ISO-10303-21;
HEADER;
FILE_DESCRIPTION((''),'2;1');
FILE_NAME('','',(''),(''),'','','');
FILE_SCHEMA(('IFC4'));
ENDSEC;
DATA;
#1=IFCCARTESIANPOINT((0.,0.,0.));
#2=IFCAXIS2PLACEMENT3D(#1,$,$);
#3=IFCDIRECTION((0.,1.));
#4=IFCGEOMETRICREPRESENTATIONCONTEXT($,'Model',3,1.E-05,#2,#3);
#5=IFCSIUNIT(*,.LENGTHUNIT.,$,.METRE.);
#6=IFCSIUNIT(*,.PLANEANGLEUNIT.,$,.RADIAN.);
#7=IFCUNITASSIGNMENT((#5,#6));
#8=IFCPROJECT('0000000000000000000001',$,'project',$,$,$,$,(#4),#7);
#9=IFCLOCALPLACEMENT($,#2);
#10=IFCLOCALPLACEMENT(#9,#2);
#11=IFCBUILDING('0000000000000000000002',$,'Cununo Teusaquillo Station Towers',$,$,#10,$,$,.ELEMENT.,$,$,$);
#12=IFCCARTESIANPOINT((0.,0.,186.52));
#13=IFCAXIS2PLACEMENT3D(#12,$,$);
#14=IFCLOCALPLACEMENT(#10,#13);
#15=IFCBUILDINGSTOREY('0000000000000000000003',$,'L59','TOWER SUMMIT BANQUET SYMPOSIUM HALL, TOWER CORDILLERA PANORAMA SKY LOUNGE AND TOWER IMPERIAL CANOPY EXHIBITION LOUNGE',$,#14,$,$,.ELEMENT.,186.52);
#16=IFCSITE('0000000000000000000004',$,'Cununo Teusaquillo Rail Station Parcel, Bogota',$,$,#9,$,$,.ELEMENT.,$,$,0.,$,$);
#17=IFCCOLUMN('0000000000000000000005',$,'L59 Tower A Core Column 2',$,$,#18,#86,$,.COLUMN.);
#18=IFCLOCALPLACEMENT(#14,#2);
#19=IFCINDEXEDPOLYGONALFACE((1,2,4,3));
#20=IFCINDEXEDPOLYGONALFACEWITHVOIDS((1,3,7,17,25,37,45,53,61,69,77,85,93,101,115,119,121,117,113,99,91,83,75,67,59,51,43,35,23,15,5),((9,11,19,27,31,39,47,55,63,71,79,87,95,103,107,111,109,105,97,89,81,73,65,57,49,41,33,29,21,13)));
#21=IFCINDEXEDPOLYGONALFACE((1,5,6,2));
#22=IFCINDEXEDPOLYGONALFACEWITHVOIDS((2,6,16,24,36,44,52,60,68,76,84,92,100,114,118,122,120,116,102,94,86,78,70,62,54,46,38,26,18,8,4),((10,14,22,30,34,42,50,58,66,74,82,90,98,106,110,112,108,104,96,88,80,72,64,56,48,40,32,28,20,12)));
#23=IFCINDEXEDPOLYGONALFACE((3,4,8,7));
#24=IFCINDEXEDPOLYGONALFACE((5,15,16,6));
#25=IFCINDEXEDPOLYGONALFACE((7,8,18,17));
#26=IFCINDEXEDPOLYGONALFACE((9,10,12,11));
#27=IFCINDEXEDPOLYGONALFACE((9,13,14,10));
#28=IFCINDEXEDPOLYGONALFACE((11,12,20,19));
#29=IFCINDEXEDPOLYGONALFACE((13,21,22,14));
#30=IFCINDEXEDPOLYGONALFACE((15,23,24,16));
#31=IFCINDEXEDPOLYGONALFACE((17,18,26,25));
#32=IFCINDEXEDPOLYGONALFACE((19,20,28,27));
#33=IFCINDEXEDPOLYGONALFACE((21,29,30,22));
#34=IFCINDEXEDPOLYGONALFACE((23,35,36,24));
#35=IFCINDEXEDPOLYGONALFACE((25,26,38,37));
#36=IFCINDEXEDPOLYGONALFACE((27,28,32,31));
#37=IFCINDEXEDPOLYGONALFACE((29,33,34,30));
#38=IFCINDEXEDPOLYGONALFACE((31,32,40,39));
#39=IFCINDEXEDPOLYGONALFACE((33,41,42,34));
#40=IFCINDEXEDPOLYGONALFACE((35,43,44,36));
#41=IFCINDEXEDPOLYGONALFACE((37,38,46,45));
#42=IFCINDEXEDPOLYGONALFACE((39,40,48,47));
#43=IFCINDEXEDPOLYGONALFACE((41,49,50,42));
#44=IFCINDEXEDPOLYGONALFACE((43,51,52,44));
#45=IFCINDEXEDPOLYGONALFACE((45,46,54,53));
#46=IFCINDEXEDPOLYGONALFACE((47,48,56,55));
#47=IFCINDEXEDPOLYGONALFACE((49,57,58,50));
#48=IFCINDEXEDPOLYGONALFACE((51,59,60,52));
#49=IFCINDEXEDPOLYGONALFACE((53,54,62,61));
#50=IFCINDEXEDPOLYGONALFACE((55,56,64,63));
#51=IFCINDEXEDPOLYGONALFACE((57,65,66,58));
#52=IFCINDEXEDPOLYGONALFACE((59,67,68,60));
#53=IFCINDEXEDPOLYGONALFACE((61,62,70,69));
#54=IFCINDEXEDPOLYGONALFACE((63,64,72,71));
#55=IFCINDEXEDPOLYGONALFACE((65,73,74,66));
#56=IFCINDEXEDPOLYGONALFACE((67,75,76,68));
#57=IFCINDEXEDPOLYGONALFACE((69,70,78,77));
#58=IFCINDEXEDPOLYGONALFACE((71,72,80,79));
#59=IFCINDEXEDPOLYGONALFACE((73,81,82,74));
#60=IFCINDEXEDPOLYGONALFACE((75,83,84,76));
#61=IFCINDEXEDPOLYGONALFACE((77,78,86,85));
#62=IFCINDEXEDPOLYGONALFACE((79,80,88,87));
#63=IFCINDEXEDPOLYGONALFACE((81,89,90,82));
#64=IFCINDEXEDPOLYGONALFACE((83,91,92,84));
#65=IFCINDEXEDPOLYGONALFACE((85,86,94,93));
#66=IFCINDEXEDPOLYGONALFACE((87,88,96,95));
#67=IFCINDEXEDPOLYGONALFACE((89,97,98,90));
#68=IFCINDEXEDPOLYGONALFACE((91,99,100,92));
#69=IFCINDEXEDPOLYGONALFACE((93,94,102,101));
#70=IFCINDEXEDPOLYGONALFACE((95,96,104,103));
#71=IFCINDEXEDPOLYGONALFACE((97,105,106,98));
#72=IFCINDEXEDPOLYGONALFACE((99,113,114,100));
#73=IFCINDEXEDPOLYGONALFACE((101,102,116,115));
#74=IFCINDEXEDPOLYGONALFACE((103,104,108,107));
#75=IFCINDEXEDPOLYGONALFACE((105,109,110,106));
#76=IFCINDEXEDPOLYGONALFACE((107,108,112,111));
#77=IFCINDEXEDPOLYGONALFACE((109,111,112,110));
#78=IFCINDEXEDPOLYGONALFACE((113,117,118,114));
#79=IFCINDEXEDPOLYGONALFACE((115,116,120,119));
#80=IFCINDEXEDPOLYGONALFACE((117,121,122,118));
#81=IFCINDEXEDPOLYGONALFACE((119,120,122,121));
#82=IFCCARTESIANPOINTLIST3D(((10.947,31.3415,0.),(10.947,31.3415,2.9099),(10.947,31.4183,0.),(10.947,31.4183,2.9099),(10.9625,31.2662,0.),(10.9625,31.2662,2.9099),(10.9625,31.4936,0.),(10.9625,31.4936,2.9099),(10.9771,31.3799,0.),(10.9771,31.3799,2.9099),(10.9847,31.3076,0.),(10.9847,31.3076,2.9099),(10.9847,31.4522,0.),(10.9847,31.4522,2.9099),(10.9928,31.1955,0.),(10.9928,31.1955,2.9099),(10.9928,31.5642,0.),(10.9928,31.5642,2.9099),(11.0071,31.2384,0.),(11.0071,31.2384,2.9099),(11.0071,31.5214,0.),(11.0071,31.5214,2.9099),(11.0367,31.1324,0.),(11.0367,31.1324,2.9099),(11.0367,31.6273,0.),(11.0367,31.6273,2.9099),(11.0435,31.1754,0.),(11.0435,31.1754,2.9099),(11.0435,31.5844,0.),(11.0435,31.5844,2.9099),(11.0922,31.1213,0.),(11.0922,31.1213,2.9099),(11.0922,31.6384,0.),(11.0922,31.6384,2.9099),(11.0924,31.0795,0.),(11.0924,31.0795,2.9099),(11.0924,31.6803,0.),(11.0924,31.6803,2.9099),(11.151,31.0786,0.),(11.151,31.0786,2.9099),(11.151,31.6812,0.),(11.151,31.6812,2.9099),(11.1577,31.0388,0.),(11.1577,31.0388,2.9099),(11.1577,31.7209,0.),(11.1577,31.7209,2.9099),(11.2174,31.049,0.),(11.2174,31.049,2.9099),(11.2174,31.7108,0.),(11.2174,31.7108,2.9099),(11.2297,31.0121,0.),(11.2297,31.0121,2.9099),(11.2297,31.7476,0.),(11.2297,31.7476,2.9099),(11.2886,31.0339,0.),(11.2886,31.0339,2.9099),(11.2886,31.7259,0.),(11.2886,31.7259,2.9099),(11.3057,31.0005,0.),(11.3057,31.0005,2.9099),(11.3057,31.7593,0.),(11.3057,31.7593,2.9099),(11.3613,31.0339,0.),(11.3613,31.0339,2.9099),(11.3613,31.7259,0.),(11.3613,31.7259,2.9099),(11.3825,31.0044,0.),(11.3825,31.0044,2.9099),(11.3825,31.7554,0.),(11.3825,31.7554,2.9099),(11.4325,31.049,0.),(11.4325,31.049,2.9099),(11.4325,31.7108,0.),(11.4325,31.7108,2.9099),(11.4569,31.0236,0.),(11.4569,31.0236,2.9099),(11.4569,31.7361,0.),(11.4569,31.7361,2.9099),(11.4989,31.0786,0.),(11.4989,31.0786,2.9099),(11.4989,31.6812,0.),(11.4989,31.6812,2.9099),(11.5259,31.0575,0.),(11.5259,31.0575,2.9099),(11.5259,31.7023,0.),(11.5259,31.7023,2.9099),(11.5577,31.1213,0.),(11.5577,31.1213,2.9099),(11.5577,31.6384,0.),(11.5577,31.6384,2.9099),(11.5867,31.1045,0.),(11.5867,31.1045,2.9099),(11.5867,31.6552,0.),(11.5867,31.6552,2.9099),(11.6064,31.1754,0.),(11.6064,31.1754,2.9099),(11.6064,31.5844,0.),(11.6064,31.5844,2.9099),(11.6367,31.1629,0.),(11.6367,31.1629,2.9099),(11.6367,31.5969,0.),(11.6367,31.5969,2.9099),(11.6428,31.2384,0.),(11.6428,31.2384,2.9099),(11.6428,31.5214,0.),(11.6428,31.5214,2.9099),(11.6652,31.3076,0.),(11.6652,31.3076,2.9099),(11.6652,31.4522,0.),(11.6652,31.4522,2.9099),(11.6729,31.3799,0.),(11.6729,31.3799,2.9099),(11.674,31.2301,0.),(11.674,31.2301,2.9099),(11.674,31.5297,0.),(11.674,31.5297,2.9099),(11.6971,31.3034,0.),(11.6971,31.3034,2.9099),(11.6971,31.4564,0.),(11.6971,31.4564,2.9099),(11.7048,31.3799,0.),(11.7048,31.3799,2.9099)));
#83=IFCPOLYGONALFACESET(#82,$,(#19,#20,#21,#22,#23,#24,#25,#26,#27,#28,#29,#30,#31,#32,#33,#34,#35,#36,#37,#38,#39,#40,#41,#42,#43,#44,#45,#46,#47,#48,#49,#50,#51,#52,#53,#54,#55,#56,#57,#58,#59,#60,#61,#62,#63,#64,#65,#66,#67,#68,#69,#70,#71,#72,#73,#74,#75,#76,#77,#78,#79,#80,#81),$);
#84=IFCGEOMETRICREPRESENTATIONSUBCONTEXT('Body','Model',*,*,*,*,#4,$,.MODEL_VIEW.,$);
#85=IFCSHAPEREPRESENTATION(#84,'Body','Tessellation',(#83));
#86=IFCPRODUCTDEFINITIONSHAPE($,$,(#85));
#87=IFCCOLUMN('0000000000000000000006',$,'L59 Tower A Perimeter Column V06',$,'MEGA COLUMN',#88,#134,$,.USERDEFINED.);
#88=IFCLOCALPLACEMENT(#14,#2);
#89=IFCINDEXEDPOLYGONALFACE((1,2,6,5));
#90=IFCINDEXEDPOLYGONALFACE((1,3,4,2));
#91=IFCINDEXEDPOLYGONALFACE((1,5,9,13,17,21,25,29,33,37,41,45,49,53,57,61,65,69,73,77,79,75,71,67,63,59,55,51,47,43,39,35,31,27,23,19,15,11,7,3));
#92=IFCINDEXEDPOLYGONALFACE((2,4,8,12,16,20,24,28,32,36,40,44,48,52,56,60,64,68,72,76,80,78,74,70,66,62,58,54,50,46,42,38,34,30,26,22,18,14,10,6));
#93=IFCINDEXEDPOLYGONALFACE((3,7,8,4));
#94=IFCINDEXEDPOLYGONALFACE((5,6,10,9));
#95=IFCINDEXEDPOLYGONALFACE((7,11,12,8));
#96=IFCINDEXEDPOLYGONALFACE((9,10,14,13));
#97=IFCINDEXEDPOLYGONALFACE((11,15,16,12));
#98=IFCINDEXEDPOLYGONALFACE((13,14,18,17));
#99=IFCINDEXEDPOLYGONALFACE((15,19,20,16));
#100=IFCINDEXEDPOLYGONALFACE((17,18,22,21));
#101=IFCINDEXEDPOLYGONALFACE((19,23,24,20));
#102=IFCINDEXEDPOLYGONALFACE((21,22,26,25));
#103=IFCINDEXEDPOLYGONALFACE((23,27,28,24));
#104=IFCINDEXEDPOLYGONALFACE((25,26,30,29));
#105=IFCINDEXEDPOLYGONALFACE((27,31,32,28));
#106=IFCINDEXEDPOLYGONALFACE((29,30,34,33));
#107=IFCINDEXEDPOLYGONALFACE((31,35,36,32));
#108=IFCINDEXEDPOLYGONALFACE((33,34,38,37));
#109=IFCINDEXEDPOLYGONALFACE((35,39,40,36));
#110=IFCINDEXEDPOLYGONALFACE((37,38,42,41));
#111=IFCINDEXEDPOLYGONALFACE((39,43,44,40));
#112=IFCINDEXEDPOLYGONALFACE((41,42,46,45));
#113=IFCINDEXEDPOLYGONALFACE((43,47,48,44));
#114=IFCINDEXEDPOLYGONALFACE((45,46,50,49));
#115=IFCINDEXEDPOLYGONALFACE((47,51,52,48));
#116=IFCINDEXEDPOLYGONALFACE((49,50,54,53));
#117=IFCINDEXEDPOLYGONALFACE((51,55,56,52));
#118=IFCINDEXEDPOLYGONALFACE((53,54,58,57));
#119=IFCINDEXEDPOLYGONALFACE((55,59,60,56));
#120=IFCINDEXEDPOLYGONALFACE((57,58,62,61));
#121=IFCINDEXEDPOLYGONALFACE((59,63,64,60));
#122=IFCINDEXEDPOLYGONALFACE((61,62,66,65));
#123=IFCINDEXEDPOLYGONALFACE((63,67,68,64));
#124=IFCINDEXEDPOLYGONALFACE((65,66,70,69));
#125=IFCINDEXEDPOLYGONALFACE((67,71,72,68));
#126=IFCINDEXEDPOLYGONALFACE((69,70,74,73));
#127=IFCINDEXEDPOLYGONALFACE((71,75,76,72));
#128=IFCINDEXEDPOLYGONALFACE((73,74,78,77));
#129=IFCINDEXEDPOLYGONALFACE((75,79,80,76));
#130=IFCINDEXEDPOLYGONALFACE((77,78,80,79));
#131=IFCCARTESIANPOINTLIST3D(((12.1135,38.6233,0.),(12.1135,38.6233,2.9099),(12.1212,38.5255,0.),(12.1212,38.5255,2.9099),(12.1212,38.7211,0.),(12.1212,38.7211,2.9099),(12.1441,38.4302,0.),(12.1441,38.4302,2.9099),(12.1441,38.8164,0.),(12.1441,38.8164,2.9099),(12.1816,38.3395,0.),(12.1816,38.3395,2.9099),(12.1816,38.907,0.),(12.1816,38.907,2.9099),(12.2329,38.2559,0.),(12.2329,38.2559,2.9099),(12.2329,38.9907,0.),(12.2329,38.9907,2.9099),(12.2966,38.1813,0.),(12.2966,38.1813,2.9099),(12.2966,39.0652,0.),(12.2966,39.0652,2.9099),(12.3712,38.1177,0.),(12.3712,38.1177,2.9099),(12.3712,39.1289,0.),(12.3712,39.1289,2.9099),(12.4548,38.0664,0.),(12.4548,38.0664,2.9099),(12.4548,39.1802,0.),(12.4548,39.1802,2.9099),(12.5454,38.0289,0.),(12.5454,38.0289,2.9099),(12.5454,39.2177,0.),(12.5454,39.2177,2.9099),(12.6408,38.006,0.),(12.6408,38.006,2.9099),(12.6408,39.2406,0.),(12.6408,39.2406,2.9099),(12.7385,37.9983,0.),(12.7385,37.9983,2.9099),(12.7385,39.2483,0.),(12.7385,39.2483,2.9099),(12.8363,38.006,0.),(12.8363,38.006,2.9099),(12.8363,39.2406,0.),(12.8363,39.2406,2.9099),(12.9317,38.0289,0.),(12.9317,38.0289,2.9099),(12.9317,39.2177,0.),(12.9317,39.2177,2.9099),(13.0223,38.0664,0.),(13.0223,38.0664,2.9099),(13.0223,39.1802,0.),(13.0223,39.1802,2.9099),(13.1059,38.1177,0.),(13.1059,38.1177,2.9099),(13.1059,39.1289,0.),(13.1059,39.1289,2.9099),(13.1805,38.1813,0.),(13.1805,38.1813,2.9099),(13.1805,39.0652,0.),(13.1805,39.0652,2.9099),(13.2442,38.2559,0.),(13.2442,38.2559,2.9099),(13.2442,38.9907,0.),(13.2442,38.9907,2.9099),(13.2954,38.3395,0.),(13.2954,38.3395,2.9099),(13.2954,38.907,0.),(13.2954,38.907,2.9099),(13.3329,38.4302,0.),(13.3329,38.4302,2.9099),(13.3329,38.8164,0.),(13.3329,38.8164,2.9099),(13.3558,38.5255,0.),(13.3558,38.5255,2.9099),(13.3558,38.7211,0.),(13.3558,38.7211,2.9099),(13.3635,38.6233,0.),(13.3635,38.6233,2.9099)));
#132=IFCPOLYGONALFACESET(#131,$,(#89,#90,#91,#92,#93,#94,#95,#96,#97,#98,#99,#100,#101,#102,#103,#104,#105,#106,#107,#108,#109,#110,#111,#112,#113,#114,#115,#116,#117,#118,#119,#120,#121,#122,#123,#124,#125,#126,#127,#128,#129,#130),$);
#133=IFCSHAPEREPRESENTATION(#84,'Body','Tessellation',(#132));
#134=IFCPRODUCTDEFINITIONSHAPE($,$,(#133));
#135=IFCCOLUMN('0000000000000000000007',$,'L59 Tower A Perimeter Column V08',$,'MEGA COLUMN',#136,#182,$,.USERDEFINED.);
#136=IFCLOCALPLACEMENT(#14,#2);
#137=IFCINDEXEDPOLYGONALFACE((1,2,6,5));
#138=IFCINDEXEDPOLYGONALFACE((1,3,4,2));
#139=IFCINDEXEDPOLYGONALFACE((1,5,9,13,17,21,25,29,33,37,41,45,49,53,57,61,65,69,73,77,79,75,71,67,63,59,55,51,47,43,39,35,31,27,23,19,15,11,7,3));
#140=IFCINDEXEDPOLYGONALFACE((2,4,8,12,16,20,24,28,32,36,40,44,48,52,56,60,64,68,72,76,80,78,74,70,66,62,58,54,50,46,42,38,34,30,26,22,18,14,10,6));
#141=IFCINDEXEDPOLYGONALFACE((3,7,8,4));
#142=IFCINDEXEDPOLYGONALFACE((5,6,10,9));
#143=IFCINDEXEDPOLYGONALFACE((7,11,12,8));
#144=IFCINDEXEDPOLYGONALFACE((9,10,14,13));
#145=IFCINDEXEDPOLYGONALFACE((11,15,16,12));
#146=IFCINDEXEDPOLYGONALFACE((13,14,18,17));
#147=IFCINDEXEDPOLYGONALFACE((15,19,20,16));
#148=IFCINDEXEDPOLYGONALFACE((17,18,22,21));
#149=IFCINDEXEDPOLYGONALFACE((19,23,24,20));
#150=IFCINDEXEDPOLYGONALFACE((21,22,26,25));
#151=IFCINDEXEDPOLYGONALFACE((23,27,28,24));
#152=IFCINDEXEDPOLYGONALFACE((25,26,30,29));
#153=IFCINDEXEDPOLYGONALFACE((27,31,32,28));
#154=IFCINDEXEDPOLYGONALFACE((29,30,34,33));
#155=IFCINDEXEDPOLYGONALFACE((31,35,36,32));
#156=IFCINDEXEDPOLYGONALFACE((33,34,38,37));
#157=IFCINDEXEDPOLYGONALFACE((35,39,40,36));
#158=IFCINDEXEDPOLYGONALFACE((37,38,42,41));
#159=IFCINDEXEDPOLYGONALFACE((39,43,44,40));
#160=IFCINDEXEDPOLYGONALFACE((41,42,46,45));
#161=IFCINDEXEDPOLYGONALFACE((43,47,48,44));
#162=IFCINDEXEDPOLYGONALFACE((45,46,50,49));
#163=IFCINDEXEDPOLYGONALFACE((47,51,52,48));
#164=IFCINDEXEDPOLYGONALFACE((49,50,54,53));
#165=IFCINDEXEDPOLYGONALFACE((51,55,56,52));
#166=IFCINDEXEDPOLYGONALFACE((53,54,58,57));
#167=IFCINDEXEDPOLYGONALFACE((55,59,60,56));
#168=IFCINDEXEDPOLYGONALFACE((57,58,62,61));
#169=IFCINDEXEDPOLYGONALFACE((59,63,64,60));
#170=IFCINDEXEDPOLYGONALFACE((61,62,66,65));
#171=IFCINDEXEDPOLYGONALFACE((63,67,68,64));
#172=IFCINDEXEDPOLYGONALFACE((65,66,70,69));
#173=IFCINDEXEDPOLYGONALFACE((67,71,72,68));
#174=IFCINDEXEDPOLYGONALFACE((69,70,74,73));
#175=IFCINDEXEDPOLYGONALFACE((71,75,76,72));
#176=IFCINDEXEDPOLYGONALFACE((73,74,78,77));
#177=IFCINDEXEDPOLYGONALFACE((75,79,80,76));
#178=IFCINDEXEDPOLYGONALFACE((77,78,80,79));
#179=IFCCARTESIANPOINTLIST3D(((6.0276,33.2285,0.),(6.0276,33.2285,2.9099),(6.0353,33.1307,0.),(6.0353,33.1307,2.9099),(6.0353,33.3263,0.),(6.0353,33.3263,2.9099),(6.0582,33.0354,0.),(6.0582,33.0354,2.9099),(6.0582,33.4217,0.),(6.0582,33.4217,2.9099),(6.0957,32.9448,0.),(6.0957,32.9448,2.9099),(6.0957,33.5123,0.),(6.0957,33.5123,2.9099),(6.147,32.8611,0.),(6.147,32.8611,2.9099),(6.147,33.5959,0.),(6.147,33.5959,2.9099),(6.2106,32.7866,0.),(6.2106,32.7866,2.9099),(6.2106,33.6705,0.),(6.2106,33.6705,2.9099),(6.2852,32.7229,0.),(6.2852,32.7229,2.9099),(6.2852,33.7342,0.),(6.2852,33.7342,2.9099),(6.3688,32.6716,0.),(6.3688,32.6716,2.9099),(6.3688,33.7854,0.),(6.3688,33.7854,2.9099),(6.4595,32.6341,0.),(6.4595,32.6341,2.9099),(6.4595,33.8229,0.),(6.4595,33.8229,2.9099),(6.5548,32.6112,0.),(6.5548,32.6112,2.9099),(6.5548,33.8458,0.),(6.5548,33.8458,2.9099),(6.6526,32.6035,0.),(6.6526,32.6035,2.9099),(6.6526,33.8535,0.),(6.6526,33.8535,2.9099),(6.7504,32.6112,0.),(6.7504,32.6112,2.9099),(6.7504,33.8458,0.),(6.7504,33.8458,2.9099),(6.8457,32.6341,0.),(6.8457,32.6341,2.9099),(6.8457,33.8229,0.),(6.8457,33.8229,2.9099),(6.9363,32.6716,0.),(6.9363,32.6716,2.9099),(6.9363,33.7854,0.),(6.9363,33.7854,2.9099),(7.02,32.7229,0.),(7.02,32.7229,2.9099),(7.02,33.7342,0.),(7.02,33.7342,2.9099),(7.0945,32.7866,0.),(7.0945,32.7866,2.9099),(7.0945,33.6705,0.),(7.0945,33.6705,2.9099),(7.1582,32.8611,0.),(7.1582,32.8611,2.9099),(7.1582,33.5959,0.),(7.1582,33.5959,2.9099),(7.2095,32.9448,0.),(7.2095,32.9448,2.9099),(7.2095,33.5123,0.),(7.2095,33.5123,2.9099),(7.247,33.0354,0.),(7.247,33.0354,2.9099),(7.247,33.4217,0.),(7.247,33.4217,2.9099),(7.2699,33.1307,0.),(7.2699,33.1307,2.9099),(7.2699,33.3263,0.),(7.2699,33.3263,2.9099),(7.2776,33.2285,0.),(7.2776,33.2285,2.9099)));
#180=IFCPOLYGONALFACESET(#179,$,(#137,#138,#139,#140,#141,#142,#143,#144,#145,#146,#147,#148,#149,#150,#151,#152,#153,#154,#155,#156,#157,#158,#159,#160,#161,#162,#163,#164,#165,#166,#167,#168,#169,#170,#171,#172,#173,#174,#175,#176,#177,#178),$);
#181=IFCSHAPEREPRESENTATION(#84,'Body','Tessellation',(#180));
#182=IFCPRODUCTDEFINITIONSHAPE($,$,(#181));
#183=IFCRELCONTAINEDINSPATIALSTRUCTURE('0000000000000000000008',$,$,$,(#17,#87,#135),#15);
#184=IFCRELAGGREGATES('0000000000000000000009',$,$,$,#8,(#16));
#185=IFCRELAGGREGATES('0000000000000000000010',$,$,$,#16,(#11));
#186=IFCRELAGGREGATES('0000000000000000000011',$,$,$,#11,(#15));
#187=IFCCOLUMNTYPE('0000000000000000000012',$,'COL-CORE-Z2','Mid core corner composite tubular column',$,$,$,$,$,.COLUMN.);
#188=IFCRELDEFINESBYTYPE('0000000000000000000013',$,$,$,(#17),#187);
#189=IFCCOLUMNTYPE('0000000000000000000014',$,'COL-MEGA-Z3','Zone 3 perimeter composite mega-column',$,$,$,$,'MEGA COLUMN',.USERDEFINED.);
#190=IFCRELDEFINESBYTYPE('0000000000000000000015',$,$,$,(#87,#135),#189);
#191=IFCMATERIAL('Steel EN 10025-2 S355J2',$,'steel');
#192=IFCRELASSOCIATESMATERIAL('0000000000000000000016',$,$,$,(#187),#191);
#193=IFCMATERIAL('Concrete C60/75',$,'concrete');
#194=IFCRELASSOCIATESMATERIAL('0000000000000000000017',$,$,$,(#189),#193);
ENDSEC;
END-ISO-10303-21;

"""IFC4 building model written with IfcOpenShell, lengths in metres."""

from ifc_helpers import new_model, si_unit, direction, frame, origin, origin_2d, place, context, subcontext, project, spatial, circle, hollow_circle, extrude, material, material_profile, profile_set, type_object, element, save


model = new_model("IFC4")

# Units and contexts
model_context = context("Model", 3, precision=1e-05, world=origin(), true_north=direction((0.0, 1.0)))
body_context = subcontext(model_context, "Body", "Model", "MODEL_VIEW")
ifc_project = project(units=[si_unit("LENGTHUNIT", "METRE"), si_unit("PLANEANGLEUNIT", "RADIAN")], contexts=[model_context])

# Site, building, storey
site_placement = place(None, origin())
site = spatial("IfcSite", under=ifc_project, at=site_placement, Name="Cununo Teusaquillo Rail Station Parcel, Bogota", CompositionType="ELEMENT", RefElevation=0.0)
building_placement = place(site_placement, origin())
building = spatial("IfcBuilding", under=site, at=building_placement, Name="Cununo Teusaquillo Station Towers", CompositionType="ELEMENT")
storey_placement = place(building_placement, frame((0.0, 0.0, 186.52)))
storey = spatial("IfcBuildingStorey", under=building, at=storey_placement, Name="L59", Description="TOWER SUMMIT BANQUET SYMPOSIUM HALL, TOWER CORDILLERA PANORAMA SKY LOUNGE AND TOWER IMPERIAL CANOPY EXHIBITION LOUNGE", CompositionType="ELEMENT", Elevation=186.52)

# Columns
ifc_material_1 = material(Name="Steel EN 10025-2 S355J2", Category="steel")
ifc_material_profile_1 = material_profile(ifc_material_1, hollow_circle(Radius=0.3799, WallThickness=0.032, at=origin_2d()), Name="CHS 760x32")
ifc_profile_set_1 = profile_set([ifc_material_profile_1], Name="Steel EN 10025-2 S355J2")
column_type_1 = type_object("IfcColumnType", Name="COL-CORE-Z2", Description="Mid core corner composite tubular column", PredefinedType="COLUMN", material=ifc_profile_set_1)
column_placement = place(storey_placement, frame((11.325, 31.3799, 0.0), z_axis=(0.0, 0.0, 1.0), x_axis=(1.0, 0.0, 0.0)))
element("IfcColumn", 1, at=column_placement, inside=storey, type_object=column_type_1, Name="L59 Tower A Core Column 2", PredefinedType="COLUMN", context=body_context, shape_type="SweptSolid", body=[
    extrude(hollow_circle(Radius=0.3799, WallThickness=0.032, at=origin_2d()), origin(), (0.0, 0.0, 1.0), 2.9099),
])
ifc_material_2 = material(Name="Concrete C60/75", Category="concrete")
ifc_material_profile_2 = material_profile(ifc_material_2, circle(Radius=0.625, at=origin_2d()), Name="RC-CIRC-1250")
ifc_profile_set_2 = profile_set([ifc_material_profile_2], Name="Concrete C60/75")
column_type_2 = type_object("IfcColumnType", Name="COL-MEGA-Z3", Description="Zone 3 perimeter composite mega-column", ElementType="MEGA COLUMN", PredefinedType="USERDEFINED", material=ifc_profile_set_2)
for number, where, z_axis, x_axis, name in (
    (2, (12.7385, 38.6233, 0.0), (0.0, 0.0, 1.0), (1.0, 0.0, 0.0), "L59 Tower A Perimeter Column V06"),
    (3, (6.6526, 33.2285, 0.0), (0.0, 0.0, 1.0), (1.0, 0.0, 0.0), "L59 Tower A Perimeter Column V08"),
):
    element("IfcColumn", number, at=place(storey_placement, frame(where, z_axis=z_axis, x_axis=x_axis)), inside=storey, type_object=column_type_2, Name=name, ObjectType="MEGA COLUMN", PredefinedType="USERDEFINED", context=body_context, shape_type="SweptSolid", body=[
        extrude(circle(Radius=0.625, at=origin_2d()), origin(), (0.0, 0.0, 1.0), 2.9099),
    ])

save(model, "model.ifc")
